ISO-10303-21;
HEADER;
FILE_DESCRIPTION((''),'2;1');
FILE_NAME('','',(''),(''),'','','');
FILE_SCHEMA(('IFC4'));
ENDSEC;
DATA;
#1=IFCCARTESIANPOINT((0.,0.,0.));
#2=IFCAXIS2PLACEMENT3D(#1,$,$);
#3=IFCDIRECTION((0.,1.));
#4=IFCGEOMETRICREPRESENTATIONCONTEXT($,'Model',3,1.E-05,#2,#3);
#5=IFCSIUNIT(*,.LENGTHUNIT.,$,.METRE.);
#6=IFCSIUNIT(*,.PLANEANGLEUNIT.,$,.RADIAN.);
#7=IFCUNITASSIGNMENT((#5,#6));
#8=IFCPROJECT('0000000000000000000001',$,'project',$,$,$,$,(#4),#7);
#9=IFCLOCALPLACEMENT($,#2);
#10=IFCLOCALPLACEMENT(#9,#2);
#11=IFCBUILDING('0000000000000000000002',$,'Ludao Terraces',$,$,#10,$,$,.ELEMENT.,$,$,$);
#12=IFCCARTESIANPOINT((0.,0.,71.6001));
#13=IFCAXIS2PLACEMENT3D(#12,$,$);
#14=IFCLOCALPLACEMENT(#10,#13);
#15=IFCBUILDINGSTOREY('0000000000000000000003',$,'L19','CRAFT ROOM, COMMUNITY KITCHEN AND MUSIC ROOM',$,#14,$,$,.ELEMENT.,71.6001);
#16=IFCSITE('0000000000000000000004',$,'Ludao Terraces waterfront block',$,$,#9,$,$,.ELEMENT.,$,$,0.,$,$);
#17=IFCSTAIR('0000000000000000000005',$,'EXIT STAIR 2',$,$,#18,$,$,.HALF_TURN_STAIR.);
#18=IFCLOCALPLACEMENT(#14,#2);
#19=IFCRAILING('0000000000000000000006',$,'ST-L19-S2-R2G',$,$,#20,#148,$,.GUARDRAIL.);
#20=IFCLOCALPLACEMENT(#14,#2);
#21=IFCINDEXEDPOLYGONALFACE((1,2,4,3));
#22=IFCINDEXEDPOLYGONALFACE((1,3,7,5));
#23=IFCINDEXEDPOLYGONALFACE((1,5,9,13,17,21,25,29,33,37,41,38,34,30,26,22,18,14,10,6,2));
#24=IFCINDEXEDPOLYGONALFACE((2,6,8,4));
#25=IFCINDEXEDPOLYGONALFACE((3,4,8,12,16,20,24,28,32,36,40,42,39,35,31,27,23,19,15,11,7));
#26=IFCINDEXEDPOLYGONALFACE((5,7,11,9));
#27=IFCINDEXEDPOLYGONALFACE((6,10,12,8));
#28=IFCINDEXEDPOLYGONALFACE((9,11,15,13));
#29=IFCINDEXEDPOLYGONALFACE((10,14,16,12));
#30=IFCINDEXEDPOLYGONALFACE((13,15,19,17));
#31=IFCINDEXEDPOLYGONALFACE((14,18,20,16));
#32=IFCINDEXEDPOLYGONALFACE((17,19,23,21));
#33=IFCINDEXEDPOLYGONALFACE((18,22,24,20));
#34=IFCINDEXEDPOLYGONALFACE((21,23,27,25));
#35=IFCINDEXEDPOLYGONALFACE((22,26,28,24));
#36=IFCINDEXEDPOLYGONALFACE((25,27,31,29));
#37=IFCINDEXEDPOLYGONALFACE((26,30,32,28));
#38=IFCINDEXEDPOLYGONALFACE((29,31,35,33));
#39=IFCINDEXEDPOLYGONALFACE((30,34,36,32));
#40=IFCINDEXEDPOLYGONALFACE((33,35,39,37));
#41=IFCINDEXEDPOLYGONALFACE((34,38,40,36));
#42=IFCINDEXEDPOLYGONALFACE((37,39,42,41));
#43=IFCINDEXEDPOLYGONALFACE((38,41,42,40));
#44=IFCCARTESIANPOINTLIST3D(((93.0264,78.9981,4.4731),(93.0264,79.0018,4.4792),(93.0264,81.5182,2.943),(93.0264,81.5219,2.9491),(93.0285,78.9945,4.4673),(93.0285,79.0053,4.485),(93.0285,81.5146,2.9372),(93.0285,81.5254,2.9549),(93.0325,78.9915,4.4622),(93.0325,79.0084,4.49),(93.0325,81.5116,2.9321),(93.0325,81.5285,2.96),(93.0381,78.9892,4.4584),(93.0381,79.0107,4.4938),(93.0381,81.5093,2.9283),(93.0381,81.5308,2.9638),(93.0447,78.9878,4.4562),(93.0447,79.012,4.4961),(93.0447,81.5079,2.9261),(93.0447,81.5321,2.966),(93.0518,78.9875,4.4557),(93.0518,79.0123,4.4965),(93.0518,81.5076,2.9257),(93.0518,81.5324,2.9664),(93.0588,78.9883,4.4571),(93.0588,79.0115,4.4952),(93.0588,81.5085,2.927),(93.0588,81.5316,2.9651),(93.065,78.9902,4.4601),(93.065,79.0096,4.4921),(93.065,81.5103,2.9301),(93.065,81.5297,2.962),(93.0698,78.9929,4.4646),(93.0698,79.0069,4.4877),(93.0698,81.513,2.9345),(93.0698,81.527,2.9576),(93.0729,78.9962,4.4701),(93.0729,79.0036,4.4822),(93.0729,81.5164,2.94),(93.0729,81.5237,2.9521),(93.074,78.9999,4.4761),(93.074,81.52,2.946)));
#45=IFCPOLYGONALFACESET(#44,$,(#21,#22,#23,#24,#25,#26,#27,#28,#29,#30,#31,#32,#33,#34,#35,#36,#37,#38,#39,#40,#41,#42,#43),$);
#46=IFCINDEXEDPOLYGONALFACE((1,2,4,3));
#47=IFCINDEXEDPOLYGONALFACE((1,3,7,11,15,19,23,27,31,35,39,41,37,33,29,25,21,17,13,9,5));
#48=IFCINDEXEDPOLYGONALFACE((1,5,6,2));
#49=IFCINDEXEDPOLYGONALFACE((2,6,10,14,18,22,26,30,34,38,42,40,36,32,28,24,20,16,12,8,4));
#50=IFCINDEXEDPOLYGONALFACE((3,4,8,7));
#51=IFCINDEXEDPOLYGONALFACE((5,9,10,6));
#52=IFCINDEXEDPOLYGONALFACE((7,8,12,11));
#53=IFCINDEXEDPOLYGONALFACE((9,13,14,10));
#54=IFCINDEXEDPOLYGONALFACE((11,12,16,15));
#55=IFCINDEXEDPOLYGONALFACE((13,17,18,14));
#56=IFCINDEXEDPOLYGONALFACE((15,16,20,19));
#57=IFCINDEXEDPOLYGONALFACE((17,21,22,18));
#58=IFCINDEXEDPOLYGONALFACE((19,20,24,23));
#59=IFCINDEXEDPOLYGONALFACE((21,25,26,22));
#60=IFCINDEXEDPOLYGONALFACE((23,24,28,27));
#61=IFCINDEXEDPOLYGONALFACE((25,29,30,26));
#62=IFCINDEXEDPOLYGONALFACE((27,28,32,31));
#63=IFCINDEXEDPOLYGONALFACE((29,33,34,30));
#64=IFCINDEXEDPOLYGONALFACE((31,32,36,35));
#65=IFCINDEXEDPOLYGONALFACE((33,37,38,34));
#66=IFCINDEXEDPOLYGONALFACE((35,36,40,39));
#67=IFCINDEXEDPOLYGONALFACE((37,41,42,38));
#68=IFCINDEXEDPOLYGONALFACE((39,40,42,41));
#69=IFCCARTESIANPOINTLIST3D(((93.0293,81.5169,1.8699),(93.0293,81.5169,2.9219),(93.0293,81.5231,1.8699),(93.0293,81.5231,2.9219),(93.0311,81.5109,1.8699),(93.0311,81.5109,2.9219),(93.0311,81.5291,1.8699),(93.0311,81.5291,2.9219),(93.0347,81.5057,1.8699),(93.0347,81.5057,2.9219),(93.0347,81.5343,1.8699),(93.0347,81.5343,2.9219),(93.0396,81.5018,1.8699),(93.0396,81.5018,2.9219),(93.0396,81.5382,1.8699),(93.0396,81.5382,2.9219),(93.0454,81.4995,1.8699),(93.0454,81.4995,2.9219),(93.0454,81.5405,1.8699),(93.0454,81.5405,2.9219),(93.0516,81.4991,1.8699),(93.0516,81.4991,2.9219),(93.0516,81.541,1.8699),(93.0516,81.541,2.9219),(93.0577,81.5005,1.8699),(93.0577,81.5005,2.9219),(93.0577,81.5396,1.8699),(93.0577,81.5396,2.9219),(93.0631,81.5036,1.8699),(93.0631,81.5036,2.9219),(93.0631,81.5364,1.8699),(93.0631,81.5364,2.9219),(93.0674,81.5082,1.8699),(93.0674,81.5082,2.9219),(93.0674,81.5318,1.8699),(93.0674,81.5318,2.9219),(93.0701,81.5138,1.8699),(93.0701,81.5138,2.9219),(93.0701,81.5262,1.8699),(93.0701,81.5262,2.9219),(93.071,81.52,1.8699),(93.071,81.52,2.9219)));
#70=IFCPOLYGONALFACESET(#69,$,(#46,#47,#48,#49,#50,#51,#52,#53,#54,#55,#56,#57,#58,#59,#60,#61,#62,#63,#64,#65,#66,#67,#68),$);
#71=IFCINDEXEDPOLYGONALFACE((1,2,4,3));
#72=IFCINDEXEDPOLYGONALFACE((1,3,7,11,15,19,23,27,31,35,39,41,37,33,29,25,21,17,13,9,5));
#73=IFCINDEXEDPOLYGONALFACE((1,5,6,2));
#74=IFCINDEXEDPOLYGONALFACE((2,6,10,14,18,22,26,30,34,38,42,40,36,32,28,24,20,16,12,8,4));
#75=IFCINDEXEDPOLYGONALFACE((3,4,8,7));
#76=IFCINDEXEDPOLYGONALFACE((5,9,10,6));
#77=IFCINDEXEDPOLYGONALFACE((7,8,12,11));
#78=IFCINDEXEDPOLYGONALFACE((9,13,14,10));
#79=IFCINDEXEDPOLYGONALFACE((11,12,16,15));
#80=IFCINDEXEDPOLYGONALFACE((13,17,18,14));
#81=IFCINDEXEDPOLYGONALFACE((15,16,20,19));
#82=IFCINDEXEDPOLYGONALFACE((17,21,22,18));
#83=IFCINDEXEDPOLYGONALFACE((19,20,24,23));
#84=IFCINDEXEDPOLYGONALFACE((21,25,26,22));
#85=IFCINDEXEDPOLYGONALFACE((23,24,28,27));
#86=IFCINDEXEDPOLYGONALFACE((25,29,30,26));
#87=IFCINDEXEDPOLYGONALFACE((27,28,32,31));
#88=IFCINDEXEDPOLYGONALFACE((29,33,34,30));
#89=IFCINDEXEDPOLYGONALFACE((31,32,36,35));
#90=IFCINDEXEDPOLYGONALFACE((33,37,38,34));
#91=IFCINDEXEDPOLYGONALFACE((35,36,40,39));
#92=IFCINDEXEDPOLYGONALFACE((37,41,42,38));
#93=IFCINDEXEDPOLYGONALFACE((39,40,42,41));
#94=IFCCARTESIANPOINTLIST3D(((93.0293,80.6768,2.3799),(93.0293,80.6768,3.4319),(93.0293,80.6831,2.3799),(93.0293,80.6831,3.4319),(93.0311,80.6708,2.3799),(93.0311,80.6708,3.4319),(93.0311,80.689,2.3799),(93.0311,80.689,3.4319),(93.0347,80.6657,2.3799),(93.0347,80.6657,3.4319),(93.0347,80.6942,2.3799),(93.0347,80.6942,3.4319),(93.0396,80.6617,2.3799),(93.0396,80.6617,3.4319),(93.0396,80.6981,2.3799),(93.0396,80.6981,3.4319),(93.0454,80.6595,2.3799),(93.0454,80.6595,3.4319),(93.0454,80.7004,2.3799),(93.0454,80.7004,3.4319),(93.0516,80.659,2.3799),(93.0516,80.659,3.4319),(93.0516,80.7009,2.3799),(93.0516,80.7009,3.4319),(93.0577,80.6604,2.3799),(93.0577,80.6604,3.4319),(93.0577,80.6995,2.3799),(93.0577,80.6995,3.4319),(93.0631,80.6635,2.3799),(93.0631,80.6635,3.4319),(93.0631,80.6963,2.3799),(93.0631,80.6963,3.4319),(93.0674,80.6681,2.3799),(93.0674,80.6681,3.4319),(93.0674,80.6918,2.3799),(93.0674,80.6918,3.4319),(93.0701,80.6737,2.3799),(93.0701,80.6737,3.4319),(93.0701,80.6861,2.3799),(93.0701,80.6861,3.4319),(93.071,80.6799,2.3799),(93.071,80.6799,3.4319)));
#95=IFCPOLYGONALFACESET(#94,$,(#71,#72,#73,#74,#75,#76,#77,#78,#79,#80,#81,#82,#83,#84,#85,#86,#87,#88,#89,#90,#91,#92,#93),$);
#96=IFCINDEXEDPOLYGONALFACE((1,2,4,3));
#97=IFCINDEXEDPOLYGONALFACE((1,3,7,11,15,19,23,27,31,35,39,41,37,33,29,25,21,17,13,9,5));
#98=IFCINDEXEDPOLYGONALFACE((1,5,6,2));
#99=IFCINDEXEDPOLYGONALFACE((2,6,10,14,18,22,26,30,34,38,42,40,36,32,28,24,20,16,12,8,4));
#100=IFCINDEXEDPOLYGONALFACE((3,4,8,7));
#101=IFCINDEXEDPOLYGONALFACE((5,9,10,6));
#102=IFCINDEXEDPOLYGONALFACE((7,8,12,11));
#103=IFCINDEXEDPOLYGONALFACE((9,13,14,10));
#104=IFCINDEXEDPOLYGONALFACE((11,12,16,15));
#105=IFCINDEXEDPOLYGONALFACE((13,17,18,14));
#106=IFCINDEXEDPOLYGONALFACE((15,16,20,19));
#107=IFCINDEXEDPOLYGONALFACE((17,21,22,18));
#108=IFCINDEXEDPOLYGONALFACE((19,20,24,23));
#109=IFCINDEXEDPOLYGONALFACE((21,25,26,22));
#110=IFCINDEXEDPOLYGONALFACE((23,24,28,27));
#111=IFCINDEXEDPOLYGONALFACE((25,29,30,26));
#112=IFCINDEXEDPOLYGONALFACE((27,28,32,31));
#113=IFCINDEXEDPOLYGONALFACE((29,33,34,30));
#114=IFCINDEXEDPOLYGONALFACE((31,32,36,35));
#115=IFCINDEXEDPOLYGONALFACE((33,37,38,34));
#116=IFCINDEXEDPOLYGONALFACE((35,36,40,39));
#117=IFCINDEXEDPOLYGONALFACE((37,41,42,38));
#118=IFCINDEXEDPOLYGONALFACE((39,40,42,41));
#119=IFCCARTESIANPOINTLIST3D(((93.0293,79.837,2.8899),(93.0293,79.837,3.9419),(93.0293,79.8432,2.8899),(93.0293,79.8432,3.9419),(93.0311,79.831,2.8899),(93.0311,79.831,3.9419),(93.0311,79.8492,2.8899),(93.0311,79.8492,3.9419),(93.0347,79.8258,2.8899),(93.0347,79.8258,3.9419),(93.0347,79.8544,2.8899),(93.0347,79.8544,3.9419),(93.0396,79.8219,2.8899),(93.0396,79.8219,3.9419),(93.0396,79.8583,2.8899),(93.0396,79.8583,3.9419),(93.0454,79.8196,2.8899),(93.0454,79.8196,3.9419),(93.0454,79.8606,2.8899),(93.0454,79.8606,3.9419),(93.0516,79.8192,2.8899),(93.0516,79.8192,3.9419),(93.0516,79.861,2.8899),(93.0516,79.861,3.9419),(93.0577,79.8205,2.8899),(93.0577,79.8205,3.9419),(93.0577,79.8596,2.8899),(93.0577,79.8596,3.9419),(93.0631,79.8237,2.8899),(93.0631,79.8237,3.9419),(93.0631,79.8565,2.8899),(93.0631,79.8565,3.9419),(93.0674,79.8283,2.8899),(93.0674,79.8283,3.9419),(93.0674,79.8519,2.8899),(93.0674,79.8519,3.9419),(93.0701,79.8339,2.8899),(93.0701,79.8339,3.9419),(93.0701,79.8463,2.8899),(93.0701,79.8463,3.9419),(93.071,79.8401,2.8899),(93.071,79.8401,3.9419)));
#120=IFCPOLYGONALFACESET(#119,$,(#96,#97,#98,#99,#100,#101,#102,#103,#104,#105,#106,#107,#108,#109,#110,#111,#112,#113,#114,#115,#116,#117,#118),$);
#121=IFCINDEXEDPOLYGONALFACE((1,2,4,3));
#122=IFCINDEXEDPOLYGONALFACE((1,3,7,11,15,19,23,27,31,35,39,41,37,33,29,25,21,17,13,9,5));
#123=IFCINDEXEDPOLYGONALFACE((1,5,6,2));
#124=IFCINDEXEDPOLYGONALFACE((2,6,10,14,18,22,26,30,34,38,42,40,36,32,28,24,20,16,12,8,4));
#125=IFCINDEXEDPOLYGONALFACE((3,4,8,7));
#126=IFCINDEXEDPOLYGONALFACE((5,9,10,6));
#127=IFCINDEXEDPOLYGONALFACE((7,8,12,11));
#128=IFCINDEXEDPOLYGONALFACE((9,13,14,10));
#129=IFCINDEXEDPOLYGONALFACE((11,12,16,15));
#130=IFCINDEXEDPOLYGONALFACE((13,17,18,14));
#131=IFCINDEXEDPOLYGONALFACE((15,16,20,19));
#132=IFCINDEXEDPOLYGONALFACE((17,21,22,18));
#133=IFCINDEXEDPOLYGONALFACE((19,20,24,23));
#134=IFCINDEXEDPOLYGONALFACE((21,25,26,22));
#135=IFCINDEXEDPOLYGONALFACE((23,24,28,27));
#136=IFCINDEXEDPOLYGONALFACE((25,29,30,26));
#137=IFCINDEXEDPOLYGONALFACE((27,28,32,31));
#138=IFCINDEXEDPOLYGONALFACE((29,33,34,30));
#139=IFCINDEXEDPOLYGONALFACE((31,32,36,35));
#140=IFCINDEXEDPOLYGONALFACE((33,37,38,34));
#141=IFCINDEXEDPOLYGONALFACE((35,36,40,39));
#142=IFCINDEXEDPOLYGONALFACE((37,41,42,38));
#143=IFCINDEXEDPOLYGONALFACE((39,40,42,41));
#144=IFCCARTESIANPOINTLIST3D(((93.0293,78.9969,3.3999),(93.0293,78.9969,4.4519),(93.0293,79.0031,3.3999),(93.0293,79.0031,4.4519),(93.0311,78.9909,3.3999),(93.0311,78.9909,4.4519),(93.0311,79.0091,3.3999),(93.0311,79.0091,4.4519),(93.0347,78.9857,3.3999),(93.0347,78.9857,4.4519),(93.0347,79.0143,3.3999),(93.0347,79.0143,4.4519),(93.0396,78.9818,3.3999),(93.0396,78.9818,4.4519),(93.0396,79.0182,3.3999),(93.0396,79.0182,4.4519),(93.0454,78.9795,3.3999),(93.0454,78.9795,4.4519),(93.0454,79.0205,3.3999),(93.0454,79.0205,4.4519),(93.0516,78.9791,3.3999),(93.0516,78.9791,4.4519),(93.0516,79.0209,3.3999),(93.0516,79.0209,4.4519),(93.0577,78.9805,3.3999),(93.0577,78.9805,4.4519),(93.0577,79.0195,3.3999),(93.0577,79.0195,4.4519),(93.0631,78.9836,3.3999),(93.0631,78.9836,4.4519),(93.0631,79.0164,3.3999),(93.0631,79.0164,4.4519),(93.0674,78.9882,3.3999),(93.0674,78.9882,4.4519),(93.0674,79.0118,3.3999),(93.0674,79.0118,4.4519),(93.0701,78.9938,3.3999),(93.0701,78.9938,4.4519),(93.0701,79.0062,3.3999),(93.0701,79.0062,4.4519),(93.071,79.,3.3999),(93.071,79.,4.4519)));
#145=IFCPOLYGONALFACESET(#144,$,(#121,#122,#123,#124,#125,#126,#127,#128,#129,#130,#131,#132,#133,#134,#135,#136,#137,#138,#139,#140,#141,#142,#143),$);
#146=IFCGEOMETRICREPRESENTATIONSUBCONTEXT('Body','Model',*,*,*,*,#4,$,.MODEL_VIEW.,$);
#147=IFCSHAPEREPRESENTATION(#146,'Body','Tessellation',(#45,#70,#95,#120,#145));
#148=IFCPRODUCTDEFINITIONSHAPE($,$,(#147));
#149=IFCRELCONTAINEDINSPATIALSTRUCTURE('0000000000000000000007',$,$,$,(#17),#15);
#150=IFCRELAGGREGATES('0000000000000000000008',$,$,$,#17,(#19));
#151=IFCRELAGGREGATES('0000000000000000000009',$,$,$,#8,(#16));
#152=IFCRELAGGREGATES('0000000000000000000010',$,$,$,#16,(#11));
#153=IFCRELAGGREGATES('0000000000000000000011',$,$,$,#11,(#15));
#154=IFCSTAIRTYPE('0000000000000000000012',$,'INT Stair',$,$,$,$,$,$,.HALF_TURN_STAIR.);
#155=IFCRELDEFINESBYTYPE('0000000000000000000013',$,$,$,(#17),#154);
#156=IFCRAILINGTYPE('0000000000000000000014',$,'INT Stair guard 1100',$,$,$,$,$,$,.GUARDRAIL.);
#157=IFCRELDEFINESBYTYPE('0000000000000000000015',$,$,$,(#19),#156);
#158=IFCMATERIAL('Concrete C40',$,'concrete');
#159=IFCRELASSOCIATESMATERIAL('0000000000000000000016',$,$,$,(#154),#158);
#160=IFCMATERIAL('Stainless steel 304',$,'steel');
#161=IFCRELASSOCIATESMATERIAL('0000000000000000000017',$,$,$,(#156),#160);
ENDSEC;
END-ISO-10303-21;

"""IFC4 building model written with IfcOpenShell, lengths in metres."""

from ifc_helpers import new_model, si_unit, direction, frame, origin, origin_2d, place, context, subcontext, project, spatial, circle, extrude, material, type_object, element, aggregate, save


model = new_model("IFC4")

# Units and contexts
model_context = context("Model", 3, precision=1e-05, world=origin(), true_north=direction((0.0, 1.0)))
body_context = subcontext(model_context, "Body", "Model", "MODEL_VIEW")
ifc_project = project(units=[si_unit("LENGTHUNIT", "METRE"), si_unit("PLANEANGLEUNIT", "RADIAN")], contexts=[model_context])

# Site, building, storey
site_placement = place(None, origin())
site = spatial("IfcSite", under=ifc_project, at=site_placement, Name="Ludao Terraces waterfront block", CompositionType="ELEMENT", RefElevation=0.0)
building_placement = place(site_placement, origin())
building = spatial("IfcBuilding", under=site, at=building_placement, Name="Ludao Terraces", CompositionType="ELEMENT")
storey_placement = place(building_placement, frame((0.0, 0.0, 71.6001)))
storey = spatial("IfcBuildingStorey", under=building, at=storey_placement, Name="L19", Description="CRAFT ROOM, COMMUNITY KITCHEN AND MUSIC ROOM", CompositionType="ELEMENT", Elevation=71.6001)

# Shared definitions
ifc_material_1 = material(Name="Concrete C40", Category="concrete")

# Shared definitions
ifc_material_2 = material(Name="Stainless steel 304", Category="steel")

# Stair, railing
stair_type = type_object("IfcStairType", Name="INT Stair", PredefinedType="HALF_TURN_STAIR", material=ifc_material_1)
stair_placement = place(storey_placement, origin())
stair = element("IfcStair", 1, at=stair_placement, inside=storey, type_object=stair_type, Name="EXIT STAIR 2", PredefinedType="HALF_TURN_STAIR")
railing_type_1 = type_object("IfcRailingType", Name="INT Stair guard 1100", PredefinedType="GUARDRAIL", material=ifc_material_2)
railing_1_placement = place(storey_placement, frame((93.05, 81.52, 1.8699)))
railing_1 = element("IfcRailing", 2, at=railing_1_placement, type_object=railing_type_1, Name="ST-L19-S2-R2G", PredefinedType="GUARDRAIL", context=body_context, shape_type="SweptSolid", body=[
    extrude(circle(Radius=0.0239, at=origin_2d()), frame((0.0, 0.0, 1.0762), z_axis=(0.0, -0.854785, 0.518982), x_axis=(1.0, 0.0, 0.0)), (0.0, 0.0, 1.0), 2.9482),
    extrude(circle(Radius=0.021, at=origin_2d()), origin(), (0.0, 0.0, 1.0), 1.052),
    extrude(circle(Radius=0.021, at=origin_2d()), frame((0.0, -0.8401, 0.51)), (0.0, 0.0, 1.0), 1.052),
    extrude(circle(Radius=0.021, at=origin_2d()), frame((0.0, -1.6799, 1.02)), (0.0, 0.0, 1.0), 1.052),
    extrude(circle(Radius=0.021, at=origin_2d()), frame((0.0, -2.52, 1.53)), (0.0, 0.0, 1.0), 1.052),
])
aggregate(stair, [railing_1])

save(model, "model.ifc")
